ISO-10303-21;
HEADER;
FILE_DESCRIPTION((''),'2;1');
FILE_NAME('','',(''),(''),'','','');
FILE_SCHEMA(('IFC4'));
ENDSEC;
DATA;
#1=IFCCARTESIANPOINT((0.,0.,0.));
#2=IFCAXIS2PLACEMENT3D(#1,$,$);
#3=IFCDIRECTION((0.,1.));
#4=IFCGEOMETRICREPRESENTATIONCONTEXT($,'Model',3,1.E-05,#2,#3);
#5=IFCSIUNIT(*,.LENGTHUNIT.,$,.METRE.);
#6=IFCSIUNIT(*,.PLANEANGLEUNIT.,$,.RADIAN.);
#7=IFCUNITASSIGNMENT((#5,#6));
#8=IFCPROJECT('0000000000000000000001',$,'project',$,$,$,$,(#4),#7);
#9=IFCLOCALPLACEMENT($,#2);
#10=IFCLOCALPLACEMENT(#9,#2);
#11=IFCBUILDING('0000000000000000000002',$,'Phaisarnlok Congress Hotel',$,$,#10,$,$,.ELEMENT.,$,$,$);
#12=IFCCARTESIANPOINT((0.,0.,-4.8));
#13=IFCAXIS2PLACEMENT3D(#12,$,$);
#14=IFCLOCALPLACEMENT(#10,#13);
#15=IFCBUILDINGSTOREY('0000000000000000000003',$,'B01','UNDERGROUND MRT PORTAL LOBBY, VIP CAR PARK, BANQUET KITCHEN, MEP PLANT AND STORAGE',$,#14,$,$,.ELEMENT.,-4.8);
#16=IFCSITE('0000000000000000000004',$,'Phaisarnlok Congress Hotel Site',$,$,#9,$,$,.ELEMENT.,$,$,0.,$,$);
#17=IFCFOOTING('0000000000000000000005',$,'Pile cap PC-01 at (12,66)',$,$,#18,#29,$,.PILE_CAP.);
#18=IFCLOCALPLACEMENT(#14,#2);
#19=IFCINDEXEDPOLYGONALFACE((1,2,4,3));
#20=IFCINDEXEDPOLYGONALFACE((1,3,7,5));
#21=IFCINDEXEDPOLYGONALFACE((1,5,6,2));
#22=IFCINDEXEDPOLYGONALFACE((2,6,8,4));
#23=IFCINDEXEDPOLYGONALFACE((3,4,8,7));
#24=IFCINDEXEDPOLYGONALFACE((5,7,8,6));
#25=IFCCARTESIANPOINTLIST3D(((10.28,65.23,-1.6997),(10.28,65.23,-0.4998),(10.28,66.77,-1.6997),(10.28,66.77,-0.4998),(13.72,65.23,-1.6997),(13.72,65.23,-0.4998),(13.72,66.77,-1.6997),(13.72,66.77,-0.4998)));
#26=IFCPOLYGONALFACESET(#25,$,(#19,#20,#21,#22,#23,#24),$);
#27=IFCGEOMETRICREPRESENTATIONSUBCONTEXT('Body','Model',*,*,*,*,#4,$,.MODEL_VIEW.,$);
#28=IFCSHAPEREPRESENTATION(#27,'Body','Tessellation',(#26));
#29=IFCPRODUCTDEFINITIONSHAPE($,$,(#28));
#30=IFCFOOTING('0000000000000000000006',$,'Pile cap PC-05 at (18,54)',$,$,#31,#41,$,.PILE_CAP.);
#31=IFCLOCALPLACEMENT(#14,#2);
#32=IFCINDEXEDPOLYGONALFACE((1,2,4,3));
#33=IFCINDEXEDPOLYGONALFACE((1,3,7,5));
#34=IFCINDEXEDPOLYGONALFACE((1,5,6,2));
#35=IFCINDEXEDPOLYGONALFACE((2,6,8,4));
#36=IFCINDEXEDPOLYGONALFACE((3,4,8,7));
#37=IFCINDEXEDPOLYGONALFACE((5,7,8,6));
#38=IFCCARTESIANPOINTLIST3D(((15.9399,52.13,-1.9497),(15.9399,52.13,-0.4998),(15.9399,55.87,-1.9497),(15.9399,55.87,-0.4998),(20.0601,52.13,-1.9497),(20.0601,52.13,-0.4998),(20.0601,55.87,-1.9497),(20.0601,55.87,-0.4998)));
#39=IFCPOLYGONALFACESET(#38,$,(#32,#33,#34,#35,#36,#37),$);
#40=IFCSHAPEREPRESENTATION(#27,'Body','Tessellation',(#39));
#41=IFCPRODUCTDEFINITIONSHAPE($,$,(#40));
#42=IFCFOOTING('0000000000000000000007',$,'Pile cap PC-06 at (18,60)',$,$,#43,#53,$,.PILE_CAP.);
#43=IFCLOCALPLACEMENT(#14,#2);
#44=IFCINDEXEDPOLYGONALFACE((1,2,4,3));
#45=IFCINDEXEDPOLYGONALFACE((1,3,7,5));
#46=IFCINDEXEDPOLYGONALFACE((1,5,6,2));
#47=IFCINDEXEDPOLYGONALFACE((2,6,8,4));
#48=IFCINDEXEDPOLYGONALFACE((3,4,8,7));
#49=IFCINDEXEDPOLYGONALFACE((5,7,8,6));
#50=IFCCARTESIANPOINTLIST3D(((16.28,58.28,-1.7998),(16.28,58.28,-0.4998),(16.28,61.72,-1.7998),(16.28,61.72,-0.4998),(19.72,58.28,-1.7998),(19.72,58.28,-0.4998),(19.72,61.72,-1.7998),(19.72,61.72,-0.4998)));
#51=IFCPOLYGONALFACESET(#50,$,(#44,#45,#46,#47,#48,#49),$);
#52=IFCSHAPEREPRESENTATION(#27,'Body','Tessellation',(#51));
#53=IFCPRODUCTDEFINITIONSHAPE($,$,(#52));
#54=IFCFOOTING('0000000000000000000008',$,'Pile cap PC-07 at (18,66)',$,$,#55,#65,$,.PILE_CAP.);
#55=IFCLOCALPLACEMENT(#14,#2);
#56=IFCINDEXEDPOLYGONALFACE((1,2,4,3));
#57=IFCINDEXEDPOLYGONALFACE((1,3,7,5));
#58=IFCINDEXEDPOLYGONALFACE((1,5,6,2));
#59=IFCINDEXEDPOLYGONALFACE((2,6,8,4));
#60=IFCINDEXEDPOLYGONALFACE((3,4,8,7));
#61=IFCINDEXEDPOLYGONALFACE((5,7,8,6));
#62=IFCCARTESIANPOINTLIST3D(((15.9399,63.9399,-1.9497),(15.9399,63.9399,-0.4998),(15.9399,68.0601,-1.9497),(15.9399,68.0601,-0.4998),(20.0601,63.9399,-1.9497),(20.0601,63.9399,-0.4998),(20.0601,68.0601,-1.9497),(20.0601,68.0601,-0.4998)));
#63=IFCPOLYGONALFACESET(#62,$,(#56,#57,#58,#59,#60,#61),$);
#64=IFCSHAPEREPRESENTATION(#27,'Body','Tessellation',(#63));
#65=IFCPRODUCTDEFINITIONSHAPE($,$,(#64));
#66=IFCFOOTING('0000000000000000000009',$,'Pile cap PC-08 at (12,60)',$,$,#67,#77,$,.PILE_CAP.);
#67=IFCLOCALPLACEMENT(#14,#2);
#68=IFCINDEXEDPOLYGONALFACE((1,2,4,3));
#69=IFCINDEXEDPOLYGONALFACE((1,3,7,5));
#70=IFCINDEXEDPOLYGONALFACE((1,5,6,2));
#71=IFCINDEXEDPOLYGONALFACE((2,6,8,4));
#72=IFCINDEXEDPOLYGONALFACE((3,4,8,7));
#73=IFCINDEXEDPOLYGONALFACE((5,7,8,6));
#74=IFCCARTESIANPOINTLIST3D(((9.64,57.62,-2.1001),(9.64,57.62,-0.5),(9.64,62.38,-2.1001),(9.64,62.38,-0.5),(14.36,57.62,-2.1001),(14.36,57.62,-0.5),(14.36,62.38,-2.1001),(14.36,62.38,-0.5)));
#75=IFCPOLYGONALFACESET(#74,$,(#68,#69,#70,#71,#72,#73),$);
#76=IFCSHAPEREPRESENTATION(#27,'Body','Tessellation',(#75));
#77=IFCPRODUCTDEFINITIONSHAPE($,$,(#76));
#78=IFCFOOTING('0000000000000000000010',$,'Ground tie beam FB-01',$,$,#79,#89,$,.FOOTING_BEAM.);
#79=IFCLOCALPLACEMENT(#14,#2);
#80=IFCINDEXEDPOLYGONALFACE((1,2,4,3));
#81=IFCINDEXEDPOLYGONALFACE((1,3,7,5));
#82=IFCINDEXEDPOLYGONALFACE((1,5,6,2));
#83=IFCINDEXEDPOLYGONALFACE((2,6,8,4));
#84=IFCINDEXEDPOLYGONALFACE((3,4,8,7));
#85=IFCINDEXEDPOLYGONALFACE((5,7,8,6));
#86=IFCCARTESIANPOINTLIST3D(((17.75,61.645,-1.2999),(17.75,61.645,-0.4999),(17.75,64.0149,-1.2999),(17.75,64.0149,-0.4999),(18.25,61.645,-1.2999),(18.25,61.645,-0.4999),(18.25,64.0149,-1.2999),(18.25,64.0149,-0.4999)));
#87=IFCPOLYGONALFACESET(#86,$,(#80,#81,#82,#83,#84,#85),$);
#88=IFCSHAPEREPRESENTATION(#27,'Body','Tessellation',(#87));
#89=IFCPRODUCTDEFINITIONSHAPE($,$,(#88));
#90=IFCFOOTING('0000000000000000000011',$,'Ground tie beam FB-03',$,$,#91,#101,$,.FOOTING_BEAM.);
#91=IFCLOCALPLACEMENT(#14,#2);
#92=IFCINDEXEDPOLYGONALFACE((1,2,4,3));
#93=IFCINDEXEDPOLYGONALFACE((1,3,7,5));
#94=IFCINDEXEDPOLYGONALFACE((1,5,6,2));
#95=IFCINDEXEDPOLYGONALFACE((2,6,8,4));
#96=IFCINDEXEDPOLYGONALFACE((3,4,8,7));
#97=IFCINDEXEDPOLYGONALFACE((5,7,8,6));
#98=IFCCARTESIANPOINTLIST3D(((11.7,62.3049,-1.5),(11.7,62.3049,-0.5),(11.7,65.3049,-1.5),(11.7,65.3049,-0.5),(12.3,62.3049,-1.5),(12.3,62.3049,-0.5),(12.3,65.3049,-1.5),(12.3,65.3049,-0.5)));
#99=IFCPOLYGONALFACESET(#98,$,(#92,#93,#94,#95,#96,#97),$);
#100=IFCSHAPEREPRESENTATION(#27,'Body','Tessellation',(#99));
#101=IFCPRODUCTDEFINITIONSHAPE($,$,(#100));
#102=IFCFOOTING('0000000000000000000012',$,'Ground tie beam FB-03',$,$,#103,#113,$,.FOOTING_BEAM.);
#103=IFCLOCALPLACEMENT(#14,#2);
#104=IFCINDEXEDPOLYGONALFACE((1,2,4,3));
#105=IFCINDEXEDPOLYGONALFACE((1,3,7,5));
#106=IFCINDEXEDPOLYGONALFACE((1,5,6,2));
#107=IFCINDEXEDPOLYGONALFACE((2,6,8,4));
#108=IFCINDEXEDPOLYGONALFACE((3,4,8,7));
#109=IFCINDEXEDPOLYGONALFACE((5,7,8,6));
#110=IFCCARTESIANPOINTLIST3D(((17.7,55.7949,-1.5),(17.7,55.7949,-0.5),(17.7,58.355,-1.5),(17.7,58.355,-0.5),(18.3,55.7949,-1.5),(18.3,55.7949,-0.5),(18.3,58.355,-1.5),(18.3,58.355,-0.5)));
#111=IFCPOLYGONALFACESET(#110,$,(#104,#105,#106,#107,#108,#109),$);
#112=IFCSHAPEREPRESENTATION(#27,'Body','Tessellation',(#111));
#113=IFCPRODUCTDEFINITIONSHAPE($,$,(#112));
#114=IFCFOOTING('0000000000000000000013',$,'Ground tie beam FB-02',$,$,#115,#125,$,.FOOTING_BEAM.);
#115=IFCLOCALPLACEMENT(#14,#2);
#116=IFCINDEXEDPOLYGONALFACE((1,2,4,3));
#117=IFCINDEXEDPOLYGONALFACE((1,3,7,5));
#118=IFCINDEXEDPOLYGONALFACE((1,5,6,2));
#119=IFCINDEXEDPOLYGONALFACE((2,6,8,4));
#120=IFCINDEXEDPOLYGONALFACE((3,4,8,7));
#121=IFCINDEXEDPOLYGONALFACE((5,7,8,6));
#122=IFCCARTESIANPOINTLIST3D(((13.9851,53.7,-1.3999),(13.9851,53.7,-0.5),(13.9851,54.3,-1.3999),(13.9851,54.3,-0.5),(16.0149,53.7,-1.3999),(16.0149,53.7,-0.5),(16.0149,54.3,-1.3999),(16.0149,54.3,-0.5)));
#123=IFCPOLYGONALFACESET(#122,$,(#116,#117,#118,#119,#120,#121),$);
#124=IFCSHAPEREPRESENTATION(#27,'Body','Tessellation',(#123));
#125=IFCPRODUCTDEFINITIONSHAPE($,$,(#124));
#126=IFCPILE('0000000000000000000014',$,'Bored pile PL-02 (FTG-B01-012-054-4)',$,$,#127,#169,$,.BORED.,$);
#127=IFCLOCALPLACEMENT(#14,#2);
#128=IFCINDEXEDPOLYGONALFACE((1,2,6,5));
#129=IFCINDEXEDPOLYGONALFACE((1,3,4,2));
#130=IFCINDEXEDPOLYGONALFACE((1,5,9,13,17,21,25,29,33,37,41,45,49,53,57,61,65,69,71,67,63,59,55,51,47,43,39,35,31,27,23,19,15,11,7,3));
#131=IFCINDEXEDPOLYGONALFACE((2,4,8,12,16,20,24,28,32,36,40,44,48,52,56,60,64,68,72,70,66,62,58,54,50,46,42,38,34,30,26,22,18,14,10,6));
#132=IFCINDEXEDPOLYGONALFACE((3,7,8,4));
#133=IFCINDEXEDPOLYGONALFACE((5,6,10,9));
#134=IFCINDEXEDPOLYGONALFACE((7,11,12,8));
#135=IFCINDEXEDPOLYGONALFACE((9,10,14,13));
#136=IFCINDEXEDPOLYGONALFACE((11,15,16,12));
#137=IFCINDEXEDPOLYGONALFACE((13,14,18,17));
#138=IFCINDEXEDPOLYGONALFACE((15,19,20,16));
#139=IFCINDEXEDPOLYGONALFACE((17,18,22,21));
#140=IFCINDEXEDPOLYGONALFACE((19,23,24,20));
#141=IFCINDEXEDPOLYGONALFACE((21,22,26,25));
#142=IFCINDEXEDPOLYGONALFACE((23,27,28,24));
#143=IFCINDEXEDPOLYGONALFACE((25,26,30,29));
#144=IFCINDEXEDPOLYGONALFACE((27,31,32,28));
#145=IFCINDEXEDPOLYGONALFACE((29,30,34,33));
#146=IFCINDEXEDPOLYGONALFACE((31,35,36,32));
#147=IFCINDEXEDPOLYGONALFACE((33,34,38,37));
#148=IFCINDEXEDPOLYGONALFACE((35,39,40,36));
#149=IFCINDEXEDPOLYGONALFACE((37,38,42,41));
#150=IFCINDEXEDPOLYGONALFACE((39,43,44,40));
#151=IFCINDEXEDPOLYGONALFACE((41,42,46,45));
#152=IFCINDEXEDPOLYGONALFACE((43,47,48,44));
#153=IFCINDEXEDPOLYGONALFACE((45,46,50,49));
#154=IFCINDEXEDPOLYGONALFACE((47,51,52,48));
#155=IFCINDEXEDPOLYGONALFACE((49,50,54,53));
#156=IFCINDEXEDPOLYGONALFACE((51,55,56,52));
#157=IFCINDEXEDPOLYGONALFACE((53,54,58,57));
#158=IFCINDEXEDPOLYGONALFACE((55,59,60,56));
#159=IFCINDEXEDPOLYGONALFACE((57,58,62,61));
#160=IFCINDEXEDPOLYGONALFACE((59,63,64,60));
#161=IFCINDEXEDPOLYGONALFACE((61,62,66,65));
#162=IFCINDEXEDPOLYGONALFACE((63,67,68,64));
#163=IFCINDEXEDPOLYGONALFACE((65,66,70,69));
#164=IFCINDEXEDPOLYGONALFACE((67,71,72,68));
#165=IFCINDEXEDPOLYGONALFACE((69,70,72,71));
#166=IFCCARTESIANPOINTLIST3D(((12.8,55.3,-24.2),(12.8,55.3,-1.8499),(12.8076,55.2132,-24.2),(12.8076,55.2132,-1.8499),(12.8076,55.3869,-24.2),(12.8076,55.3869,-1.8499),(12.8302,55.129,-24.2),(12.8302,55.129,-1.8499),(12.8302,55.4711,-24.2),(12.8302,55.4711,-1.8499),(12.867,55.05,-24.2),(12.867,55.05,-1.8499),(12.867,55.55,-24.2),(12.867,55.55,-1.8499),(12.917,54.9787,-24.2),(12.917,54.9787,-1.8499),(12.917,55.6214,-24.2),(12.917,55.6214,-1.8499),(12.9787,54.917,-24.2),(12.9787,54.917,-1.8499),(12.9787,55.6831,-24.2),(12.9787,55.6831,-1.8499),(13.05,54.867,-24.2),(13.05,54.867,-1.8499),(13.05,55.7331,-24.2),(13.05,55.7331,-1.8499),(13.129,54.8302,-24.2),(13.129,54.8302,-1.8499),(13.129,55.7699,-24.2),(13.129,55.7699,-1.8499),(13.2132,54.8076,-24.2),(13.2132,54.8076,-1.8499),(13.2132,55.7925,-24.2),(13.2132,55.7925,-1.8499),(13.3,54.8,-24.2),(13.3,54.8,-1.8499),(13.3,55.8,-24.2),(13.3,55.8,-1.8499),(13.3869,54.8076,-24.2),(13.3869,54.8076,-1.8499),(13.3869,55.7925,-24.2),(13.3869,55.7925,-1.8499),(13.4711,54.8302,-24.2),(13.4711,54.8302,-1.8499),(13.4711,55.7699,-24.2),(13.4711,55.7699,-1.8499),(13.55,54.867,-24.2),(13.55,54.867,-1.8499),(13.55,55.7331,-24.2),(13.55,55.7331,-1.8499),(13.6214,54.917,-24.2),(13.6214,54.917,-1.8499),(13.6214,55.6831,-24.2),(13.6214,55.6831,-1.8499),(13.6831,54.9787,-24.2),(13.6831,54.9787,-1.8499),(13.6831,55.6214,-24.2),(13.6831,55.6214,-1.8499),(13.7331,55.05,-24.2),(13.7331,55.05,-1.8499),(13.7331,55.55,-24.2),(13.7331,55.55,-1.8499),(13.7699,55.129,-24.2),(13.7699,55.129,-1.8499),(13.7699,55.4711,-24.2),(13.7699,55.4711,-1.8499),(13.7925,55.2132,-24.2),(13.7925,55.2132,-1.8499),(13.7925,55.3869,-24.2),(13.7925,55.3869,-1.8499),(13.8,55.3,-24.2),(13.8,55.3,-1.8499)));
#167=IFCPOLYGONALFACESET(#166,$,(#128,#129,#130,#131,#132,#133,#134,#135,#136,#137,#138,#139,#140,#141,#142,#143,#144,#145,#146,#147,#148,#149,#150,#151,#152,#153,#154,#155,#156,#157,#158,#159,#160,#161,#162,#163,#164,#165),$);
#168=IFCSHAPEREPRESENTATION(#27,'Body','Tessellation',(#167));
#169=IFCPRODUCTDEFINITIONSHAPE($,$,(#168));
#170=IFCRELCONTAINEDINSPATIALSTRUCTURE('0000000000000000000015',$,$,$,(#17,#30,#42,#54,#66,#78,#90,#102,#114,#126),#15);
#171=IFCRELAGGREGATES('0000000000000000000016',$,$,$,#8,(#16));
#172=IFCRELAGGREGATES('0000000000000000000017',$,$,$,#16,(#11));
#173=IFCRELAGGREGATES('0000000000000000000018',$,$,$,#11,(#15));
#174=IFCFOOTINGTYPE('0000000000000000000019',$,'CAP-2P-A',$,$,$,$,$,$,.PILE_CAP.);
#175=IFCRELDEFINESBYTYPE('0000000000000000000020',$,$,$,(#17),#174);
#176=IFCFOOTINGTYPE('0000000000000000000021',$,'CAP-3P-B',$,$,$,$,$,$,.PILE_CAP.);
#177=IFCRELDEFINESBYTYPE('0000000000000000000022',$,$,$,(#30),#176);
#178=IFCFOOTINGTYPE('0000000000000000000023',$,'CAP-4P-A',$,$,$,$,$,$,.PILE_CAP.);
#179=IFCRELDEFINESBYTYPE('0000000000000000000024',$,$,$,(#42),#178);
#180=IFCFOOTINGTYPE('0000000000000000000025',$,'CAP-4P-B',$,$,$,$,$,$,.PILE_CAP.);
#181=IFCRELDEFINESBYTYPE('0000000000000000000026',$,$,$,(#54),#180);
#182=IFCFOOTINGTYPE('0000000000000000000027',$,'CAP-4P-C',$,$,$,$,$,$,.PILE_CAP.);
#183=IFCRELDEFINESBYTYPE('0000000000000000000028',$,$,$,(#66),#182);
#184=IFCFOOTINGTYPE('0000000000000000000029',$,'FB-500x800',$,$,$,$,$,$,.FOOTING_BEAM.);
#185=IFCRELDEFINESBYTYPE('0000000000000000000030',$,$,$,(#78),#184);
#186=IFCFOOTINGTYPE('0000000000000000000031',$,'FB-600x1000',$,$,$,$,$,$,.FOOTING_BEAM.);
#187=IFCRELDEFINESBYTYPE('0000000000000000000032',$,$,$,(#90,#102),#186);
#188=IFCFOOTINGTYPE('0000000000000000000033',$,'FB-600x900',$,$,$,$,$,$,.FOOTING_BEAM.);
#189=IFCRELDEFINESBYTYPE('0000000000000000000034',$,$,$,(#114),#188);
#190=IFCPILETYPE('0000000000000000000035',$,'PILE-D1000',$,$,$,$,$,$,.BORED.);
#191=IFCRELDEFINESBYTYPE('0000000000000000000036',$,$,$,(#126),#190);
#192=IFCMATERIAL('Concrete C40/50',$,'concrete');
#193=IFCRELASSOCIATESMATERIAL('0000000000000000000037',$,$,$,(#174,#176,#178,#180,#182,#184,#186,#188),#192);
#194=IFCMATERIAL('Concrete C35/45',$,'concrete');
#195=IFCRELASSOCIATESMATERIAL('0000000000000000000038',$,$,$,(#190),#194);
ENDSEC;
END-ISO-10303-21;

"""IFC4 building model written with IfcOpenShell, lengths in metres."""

from ifc_helpers import new_model, si_unit, direction, frame, origin, origin_2d, place, context, subcontext, project, spatial, rectangle, circle, extrude, material, material_profile, profile_set, type_object, element, save


model = new_model("IFC4")

# Units and contexts
model_context = context("Model", 3, precision=1e-05, world=origin(), true_north=direction((0.0, 1.0)))
body_context = subcontext(model_context, "Body", "Model", "MODEL_VIEW")
ifc_project = project(units=[si_unit("LENGTHUNIT", "METRE"), si_unit("PLANEANGLEUNIT", "RADIAN")], contexts=[model_context])

# Site, building, storey
site_placement = place(None, origin())
site = spatial("IfcSite", under=ifc_project, at=site_placement, Name="Phaisarnlok Congress Hotel Site", CompositionType="ELEMENT", RefElevation=0.0)
building_placement = place(site_placement, origin())
building = spatial("IfcBuilding", under=site, at=building_placement, Name="Phaisarnlok Congress Hotel", CompositionType="ELEMENT")
storey_placement = place(building_placement, frame((0.0, 0.0, -4.8)))
storey = spatial("IfcBuildingStorey", under=building, at=storey_placement, Name="B01", Description="UNDERGROUND MRT PORTAL LOBBY, VIP CAR PARK, BANQUET KITCHEN, MEP PLANT AND STORAGE", CompositionType="ELEMENT", Elevation=-4.8)

# Footings
ifc_material_1 = material(Name="Concrete C40/50", Category="concrete")
footing_type_1 = type_object("IfcFootingType", Name="CAP-2P-A", PredefinedType="PILE_CAP", material=ifc_material_1)
footing_1_placement = place(storey_placement, frame((12.0, 66.0, -1.6997), z_axis=(0.0, 0.0, 1.0), x_axis=(1.0, 0.0, 0.0)))
element("IfcFooting", 1, at=footing_1_placement, inside=storey, type_object=footing_type_1, Name="Pile cap PC-01 at (12,66)", PredefinedType="PILE_CAP", context=body_context, shape_type="SweptSolid", body=[
    extrude(rectangle(XDim=3.4399, YDim=1.54, at=origin_2d()), origin(), (0.0, 0.0, 1.0), 1.2),
])
footing_type_2 = type_object("IfcFootingType", Name="CAP-3P-B", PredefinedType="PILE_CAP", material=ifc_material_1)
footing_2_placement = place(storey_placement, frame((18.0, 54.0, -1.9497), z_axis=(0.0, 0.0, 1.0), x_axis=(1.0, 0.0, 0.0)))
element("IfcFooting", 2, at=footing_2_placement, inside=storey, type_object=footing_type_2, Name="Pile cap PC-05 at (18,54)", PredefinedType="PILE_CAP", context=body_context, shape_type="SweptSolid", body=[
    extrude(rectangle(XDim=4.1201, YDim=3.74, at=origin_2d()), origin(), (0.0, 0.0, 1.0), 1.45),
])
footing_type_3 = type_object("IfcFootingType", Name="CAP-4P-A", PredefinedType="PILE_CAP", material=ifc_material_1)
footing_3_placement = place(storey_placement, frame((18.0, 60.0, -1.7998), z_axis=(0.0, 0.0, 1.0), x_axis=(1.0, 0.0, 0.0)))
element("IfcFooting", 3, at=footing_3_placement, inside=storey, type_object=footing_type_3, Name="Pile cap PC-06 at (18,60)", PredefinedType="PILE_CAP", context=body_context, shape_type="SweptSolid", body=[
    extrude(rectangle(XDim=3.4399, YDim=3.4399, at=origin_2d()), origin(), (0.0, 0.0, 1.0), 1.3),
])
footing_type_4 = type_object("IfcFootingType", Name="CAP-4P-B", PredefinedType="PILE_CAP", material=ifc_material_1)
footing_4_placement = place(storey_placement, frame((18.0, 66.0, -1.9497), z_axis=(0.0, 0.0, 1.0), x_axis=(1.0, 0.0, 0.0)))
element("IfcFooting", 4, at=footing_4_placement, inside=storey, type_object=footing_type_4, Name="Pile cap PC-07 at (18,66)", PredefinedType="PILE_CAP", context=body_context, shape_type="SweptSolid", body=[
    extrude(rectangle(XDim=4.1201, YDim=4.1201, at=origin_2d()), origin(), (0.0, 0.0, 1.0), 1.45),
])
footing_type_5 = type_object("IfcFootingType", Name="CAP-4P-C", PredefinedType="PILE_CAP", material=ifc_material_1)
footing_5_placement = place(storey_placement, frame((12.0, 60.0, -2.1001), z_axis=(0.0, 0.0, 1.0), x_axis=(1.0, 0.0, 0.0)))
element("IfcFooting", 5, at=footing_5_placement, inside=storey, type_object=footing_type_5, Name="Pile cap PC-08 at (12,60)", PredefinedType="PILE_CAP", context=body_context, shape_type="SweptSolid", body=[
    extrude(rectangle(XDim=4.72, YDim=4.76, at=origin_2d()), origin(), (0.0, 0.0, 1.0), 1.6001),
])
ifc_material_profile_1 = material_profile(ifc_material_1, rectangle(XDim=0.5, YDim=0.8, at=origin_2d()), Name="FB-500x800")
ifc_profile_set_1 = profile_set([ifc_material_profile_1], Name="Concrete C40/50")
footing_type_6 = type_object("IfcFootingType", Name="FB-500x800", PredefinedType="FOOTING_BEAM", material=ifc_profile_set_1)
footing_6_placement = place(storey_placement, frame((18.0, 61.645, -0.8999), z_axis=(0.0, 1.0, 0.0), x_axis=(-1.0, 0.0, 0.0)))
element("IfcFooting", 6, at=footing_6_placement, inside=storey, type_object=footing_type_6, Name="Ground tie beam FB-01", PredefinedType="FOOTING_BEAM", context=body_context, shape_type="SweptSolid", body=[
    extrude(rectangle(XDim=0.5, YDim=0.8, at=origin_2d()), origin(), (0.0, 0.0, 1.0), 2.3699),
])
ifc_material_profile_2 = material_profile(ifc_material_1, rectangle(XDim=0.6001, YDim=1.0, at=origin_2d()), Name="FB-600x1000")
ifc_profile_set_2 = profile_set([ifc_material_profile_2], Name="Concrete C40/50")
footing_type_7 = type_object("IfcFootingType", Name="FB-600x1000", PredefinedType="FOOTING_BEAM", material=ifc_profile_set_2)
footing_7_placement = place(storey_placement, frame((12.0, 62.3049, -1.0), z_axis=(0.0, 1.0, 0.0), x_axis=(-1.0, 0.0, 0.0)))
element("IfcFooting", 7, at=footing_7_placement, inside=storey, type_object=footing_type_7, Name="Ground tie beam FB-03", PredefinedType="FOOTING_BEAM", context=body_context, shape_type="SweptSolid", body=[
    extrude(rectangle(XDim=0.6001, YDim=1.0, at=origin_2d()), origin(), (0.0, 0.0, 1.0), 3.0),
])
footing_8_placement = place(storey_placement, frame((18.0, 55.7949, -1.0), z_axis=(0.0, 1.0, 0.0), x_axis=(-1.0, 0.0, 0.0)))
element("IfcFooting", 8, at=footing_8_placement, inside=storey, type_object=footing_type_7, Name="Ground tie beam FB-03", PredefinedType="FOOTING_BEAM", context=body_context, shape_type="SweptSolid", body=[
    extrude(rectangle(XDim=0.6001, YDim=1.0, at=origin_2d()), origin(), (0.0, 0.0, 1.0), 2.5601),
])
ifc_material_profile_3 = material_profile(ifc_material_1, rectangle(XDim=0.6001, YDim=0.8999, at=origin_2d()), Name="FB-600x900")
ifc_profile_set_3 = profile_set([ifc_material_profile_3], Name="Concrete C40/50")
footing_type_8 = type_object("IfcFootingType", Name="FB-600x900", PredefinedType="FOOTING_BEAM", material=ifc_profile_set_3)
footing_9_placement = place(storey_placement, frame((13.9851, 54.0, -0.95), z_axis=(1.0, 0.0, 0.0), x_axis=(0.0, 1.0, 0.0)))
element("IfcFooting", 9, at=footing_9_placement, inside=storey, type_object=footing_type_8, Name="Ground tie beam FB-02", PredefinedType="FOOTING_BEAM", context=body_context, shape_type="SweptSolid", body=[
    extrude(rectangle(XDim=0.6001, YDim=0.8999, at=origin_2d()), origin(), (0.0, 0.0, 1.0), 2.0298),
])

# Pile
ifc_material_2 = material(Name="Concrete C35/45", Category="concrete")
ifc_material_profile_4 = material_profile(ifc_material_2, circle(Radius=0.5, at=origin_2d()), Name="BORED PILE D1000")
ifc_profile_set_4 = profile_set([ifc_material_profile_4], Name="Concrete C35/45")
pile_type_1 = type_object("IfcPileType", Name="PILE-D1000", PredefinedType="BORED", material=ifc_profile_set_4)
for number, where, z_axis, x_axis, name in (
    (10, (13.3, 55.3, -1.8499), (0.0, 0.0, -1.0), (1.0, 0.0, 0.0), "Bored pile PL-02 (FTG-B01-012-054-4)"),
):
    element("IfcPile", number, at=place(storey_placement, frame(where, z_axis=z_axis, x_axis=x_axis)), inside=storey, type_object=pile_type_1, Name=name, PredefinedType="BORED", context=body_context, shape_type="SweptSolid", body=[
        extrude(circle(Radius=0.5, at=origin_2d()), origin(), (0.0, 0.0, 1.0), 22.3501),
    ])

save(model, "model.ifc")
